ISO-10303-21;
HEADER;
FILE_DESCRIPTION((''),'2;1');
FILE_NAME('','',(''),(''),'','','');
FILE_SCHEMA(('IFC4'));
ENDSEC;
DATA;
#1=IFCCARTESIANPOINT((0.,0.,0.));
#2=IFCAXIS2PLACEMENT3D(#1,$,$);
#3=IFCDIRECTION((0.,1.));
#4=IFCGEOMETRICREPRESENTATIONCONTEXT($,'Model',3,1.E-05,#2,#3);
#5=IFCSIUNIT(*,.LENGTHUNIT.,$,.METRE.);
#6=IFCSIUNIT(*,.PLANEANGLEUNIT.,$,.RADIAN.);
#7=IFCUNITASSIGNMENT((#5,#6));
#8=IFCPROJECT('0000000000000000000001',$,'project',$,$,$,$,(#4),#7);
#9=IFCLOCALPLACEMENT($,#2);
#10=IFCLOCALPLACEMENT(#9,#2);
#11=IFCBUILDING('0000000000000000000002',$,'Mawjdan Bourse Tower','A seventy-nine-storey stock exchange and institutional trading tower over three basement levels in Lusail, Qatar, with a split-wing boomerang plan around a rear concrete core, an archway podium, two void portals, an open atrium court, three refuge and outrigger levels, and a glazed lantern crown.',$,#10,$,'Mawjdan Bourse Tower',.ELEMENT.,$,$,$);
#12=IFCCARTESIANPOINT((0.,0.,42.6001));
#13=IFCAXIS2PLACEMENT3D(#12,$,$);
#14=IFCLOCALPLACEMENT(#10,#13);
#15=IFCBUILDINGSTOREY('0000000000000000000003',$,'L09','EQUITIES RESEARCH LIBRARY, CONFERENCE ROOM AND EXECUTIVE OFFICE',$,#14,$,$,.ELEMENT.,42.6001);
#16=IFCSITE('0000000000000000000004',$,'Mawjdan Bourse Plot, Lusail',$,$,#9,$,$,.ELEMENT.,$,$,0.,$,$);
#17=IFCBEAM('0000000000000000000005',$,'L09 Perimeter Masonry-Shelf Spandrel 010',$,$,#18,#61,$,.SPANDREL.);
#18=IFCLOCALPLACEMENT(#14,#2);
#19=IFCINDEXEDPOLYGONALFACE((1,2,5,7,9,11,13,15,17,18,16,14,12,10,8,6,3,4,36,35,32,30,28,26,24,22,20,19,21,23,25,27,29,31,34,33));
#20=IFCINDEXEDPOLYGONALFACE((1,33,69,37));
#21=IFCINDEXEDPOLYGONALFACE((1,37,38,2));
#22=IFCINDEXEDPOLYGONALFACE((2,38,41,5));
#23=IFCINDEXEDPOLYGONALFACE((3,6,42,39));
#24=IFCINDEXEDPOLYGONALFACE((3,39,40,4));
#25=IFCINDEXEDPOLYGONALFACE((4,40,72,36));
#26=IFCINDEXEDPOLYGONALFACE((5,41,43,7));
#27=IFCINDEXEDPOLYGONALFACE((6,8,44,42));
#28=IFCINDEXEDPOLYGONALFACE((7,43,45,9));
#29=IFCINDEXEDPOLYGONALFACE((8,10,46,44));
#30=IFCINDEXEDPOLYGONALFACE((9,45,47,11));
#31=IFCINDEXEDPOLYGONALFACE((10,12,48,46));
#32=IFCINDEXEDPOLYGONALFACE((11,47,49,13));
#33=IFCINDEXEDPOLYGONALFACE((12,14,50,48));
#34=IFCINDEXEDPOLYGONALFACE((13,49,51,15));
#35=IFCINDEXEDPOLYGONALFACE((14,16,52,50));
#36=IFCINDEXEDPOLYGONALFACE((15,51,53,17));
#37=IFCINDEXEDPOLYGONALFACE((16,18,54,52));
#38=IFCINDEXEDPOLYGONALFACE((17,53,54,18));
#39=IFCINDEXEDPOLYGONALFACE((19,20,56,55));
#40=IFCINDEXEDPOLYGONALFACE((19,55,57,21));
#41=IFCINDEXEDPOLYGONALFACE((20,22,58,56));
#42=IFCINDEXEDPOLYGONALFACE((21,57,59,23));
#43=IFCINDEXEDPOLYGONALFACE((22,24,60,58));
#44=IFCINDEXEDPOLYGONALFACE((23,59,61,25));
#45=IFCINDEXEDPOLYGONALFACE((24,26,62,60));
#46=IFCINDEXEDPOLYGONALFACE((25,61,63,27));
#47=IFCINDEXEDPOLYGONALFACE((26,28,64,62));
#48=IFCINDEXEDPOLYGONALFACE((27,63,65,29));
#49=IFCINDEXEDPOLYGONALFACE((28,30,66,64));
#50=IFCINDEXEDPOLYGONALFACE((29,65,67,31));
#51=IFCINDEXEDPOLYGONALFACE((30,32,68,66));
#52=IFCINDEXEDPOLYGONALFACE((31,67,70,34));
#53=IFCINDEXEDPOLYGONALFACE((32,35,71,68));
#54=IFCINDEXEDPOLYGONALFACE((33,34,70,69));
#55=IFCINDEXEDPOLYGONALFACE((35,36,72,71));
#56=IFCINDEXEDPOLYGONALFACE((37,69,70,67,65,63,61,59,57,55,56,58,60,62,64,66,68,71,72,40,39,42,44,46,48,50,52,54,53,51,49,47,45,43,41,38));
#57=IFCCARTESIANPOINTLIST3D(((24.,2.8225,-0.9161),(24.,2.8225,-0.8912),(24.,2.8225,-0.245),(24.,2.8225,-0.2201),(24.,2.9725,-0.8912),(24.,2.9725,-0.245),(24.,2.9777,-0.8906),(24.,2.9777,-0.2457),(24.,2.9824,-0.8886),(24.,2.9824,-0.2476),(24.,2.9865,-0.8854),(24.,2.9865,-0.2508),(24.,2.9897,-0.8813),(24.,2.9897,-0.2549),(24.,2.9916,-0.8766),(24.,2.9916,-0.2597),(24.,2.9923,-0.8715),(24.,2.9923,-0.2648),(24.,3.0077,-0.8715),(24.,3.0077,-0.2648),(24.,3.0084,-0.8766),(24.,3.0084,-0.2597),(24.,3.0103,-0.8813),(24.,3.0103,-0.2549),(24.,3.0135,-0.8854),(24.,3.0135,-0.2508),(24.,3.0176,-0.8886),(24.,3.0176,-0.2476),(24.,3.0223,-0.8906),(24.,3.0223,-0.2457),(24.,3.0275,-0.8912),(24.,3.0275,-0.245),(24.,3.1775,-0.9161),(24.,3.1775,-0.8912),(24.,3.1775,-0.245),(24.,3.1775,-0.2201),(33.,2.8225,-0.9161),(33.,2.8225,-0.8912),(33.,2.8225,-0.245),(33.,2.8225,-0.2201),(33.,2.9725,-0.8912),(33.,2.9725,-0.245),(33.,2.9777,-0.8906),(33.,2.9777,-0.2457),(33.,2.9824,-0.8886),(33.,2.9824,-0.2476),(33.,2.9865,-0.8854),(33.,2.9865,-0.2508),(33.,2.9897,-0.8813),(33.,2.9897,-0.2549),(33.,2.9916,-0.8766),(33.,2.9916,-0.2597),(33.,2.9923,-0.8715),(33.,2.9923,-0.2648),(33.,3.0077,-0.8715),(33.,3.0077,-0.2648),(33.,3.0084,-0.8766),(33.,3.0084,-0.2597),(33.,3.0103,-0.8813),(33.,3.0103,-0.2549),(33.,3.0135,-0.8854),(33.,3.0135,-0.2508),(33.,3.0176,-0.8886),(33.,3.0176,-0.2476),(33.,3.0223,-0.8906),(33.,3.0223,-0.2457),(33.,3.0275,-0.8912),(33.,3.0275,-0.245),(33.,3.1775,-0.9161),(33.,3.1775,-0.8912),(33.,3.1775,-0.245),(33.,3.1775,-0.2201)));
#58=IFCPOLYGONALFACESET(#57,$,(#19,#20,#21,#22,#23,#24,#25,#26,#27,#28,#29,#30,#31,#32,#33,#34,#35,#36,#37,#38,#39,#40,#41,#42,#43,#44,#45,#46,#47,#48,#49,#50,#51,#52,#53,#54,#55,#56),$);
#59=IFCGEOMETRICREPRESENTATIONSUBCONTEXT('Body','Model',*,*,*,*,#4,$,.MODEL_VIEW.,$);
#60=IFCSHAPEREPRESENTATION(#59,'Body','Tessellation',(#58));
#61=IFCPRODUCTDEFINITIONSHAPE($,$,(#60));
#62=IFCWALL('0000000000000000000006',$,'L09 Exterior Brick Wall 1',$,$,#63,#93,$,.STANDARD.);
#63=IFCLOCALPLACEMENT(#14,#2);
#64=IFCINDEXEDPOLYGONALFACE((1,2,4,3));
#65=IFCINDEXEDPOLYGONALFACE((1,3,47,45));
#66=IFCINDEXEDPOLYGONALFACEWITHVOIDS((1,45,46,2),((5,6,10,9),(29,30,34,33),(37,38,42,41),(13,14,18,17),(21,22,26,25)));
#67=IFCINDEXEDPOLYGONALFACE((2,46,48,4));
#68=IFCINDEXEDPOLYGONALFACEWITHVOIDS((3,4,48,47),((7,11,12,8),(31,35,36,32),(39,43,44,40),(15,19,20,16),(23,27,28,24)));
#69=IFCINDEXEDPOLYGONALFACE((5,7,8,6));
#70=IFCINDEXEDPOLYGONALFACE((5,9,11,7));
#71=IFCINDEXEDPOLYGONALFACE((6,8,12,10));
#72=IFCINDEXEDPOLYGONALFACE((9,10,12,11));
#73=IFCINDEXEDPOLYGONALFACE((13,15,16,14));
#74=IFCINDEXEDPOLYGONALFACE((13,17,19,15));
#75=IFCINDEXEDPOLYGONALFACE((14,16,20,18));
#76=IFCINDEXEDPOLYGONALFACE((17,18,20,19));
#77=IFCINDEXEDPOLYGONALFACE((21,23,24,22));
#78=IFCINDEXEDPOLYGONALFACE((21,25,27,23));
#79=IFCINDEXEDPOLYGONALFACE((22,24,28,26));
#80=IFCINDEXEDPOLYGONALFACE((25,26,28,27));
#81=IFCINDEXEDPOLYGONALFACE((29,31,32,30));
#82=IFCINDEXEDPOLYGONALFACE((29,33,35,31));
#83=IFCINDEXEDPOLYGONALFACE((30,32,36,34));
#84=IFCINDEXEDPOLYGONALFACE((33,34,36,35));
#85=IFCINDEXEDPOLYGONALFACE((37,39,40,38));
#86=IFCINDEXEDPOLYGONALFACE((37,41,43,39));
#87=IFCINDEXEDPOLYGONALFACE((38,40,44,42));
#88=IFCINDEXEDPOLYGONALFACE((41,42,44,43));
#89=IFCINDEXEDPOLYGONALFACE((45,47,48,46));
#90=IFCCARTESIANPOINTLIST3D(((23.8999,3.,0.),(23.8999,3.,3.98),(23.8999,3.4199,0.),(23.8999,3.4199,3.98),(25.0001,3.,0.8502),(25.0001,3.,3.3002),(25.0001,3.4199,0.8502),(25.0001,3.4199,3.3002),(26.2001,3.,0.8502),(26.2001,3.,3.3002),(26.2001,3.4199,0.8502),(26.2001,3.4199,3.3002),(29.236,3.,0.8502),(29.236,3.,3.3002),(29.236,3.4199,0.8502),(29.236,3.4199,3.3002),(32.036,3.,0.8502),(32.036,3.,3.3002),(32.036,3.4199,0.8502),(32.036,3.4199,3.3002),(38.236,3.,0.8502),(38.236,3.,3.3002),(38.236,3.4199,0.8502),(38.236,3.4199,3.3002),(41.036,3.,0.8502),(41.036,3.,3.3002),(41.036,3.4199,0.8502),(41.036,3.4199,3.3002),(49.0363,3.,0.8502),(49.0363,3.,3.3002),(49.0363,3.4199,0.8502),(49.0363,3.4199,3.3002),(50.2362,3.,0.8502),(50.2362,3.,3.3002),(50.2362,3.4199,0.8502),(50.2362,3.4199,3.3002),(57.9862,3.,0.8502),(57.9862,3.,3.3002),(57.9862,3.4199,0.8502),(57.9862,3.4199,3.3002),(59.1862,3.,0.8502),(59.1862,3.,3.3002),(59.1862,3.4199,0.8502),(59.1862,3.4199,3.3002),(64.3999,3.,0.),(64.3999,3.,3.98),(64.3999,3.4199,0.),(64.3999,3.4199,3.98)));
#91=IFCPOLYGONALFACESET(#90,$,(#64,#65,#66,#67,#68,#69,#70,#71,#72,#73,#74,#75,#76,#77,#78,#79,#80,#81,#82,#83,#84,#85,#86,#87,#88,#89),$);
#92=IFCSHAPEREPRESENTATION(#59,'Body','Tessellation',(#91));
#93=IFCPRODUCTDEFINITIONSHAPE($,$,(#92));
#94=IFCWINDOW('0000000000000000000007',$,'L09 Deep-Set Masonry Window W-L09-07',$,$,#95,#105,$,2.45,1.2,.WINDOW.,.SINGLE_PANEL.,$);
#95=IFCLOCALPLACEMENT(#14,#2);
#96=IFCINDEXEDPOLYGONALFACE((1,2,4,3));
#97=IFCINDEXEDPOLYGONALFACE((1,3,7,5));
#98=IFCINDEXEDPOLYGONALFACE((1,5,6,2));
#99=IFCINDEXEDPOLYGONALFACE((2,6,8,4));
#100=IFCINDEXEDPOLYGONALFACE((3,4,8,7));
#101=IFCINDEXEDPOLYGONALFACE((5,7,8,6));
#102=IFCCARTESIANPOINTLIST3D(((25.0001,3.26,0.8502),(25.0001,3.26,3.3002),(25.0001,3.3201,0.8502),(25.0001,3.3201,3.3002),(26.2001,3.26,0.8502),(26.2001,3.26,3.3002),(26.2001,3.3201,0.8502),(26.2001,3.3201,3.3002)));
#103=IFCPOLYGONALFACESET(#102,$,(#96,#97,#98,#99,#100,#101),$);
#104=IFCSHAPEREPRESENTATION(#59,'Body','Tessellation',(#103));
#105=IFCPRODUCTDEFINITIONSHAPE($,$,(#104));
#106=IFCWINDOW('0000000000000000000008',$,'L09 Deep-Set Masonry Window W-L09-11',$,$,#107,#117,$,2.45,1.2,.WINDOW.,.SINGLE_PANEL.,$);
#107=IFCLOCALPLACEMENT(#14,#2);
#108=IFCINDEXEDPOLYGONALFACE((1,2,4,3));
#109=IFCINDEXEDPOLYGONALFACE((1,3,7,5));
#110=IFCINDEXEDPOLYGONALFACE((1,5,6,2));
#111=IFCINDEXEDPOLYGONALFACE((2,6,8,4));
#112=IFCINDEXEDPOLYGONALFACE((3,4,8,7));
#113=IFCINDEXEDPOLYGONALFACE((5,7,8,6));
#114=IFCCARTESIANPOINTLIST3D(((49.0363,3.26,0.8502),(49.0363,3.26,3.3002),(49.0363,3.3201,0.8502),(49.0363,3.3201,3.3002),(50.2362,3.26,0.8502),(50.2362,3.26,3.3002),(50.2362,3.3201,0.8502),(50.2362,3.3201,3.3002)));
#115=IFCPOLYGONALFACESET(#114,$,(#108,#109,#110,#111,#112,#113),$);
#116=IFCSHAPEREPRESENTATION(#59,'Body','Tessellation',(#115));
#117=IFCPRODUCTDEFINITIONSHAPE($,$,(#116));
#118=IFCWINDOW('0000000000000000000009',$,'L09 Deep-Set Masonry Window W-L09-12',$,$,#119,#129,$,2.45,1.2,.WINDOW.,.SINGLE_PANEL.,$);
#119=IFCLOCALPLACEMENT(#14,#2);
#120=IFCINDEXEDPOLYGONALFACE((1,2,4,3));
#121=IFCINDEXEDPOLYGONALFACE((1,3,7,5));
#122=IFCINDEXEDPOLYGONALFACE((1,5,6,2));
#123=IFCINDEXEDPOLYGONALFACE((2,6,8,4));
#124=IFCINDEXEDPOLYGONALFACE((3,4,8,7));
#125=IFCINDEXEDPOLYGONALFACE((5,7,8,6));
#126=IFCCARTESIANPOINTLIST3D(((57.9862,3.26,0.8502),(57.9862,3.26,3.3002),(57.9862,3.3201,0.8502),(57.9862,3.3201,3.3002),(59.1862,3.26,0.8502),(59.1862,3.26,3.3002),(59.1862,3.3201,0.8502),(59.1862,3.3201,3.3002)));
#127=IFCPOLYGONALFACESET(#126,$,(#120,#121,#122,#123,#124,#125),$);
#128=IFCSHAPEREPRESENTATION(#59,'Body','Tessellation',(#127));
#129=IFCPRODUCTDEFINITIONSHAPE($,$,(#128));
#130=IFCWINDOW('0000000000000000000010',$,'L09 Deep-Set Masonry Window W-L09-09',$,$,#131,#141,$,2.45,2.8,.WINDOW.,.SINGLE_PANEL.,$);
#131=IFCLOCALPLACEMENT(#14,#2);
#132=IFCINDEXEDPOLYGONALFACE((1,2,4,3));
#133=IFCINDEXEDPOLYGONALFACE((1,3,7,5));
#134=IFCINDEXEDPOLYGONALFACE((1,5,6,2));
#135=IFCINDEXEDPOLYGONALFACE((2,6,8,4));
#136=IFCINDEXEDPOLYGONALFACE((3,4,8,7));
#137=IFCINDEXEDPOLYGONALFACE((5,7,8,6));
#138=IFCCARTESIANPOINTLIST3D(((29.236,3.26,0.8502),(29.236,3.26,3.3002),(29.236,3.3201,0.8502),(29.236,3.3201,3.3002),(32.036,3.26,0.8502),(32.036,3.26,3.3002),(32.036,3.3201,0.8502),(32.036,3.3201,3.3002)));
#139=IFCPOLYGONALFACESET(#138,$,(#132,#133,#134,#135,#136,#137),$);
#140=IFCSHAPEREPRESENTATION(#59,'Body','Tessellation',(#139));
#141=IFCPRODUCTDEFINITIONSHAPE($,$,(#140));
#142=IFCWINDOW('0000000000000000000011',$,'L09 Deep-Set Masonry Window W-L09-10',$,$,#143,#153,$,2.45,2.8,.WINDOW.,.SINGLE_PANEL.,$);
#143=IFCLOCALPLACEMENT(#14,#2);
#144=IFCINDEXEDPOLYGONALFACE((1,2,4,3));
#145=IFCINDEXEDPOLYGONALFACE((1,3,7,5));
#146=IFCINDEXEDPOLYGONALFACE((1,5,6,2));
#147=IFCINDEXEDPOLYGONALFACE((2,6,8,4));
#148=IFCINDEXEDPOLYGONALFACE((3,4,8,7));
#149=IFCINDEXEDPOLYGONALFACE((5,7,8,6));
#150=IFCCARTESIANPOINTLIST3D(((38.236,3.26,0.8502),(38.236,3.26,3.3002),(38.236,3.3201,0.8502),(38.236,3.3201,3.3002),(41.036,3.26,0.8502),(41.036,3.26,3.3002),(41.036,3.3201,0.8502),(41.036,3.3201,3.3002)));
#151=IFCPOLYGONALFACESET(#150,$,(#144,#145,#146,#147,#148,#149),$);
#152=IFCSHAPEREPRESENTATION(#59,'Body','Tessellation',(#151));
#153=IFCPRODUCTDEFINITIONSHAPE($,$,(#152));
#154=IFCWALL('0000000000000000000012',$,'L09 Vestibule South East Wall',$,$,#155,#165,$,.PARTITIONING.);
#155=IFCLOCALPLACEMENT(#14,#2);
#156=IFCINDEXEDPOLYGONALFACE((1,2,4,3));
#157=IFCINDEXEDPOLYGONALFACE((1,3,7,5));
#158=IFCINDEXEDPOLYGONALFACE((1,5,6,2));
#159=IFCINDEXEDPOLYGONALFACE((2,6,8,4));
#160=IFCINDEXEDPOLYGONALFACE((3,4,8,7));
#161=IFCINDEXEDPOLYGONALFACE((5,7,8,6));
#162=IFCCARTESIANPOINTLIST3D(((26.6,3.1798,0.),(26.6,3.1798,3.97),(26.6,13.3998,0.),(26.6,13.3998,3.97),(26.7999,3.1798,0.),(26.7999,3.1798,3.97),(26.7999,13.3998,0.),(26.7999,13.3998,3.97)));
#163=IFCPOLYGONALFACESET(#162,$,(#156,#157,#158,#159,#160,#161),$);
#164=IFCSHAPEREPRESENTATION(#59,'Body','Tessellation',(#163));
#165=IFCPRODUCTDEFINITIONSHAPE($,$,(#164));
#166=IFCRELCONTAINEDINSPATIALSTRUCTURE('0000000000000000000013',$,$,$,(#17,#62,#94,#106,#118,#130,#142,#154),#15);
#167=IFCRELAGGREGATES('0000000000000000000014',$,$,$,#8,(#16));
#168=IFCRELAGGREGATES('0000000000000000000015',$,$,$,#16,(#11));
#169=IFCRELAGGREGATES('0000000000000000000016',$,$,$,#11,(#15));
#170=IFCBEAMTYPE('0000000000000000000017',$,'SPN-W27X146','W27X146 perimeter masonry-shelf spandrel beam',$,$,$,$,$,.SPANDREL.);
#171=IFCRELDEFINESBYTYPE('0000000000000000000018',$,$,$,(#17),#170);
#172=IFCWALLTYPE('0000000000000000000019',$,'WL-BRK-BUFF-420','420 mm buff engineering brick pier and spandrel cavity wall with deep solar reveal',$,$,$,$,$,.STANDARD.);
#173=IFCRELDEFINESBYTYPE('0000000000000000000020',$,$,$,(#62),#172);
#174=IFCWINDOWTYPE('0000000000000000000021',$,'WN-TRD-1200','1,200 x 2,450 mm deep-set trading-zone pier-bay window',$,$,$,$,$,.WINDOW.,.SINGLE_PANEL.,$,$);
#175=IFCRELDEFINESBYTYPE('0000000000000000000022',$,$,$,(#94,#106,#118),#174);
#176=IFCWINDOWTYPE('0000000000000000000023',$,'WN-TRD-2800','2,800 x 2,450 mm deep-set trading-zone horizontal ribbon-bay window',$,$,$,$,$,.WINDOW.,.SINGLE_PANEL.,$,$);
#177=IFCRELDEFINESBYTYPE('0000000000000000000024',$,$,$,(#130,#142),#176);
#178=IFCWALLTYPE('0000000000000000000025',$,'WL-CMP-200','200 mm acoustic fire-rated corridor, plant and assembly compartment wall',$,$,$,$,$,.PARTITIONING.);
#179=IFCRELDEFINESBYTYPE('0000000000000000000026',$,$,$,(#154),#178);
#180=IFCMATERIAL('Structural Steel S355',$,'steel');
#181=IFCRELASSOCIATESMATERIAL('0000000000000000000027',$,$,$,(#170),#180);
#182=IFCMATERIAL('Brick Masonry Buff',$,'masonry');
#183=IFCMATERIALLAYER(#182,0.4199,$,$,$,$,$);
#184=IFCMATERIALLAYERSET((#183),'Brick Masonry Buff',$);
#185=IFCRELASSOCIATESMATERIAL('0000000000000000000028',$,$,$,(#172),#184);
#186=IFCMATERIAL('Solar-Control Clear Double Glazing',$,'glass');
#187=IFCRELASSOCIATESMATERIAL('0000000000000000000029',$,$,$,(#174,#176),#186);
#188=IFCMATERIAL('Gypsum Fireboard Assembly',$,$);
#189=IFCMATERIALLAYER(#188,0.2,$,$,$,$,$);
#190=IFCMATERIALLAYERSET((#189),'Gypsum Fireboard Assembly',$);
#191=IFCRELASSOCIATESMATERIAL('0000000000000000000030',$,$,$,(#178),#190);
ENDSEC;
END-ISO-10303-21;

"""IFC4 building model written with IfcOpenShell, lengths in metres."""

from ifc_helpers import new_model, si_unit, direction, frame, frame_2d, origin, origin_2d, place, context, subcontext, project, spatial, rectangle, i_section, extrude, material, layer, layer_set, material_profile, profile_set, type_object, element, fill, save


model = new_model("IFC4")

# Units and contexts
model_context = context("Model", 3, precision=1e-05, world=origin(), true_north=direction((0.0, 1.0)))
body_context = subcontext(model_context, "Body", "Model", "MODEL_VIEW")
ifc_project = project(units=[si_unit("LENGTHUNIT", "METRE"), si_unit("PLANEANGLEUNIT", "RADIAN")], contexts=[model_context])

# Site, building, storey
site_placement = place(None, origin())
site = spatial("IfcSite", under=ifc_project, at=site_placement, Name="Mawjdan Bourse Plot, Lusail", CompositionType="ELEMENT", RefElevation=0.0)
building_placement = place(site_placement, origin())
building = spatial("IfcBuilding", under=site, at=building_placement, Name="Mawjdan Bourse Tower", Description="A seventy-nine-storey stock exchange and institutional trading tower over three basement levels in Lusail, Qatar, with a split-wing boomerang plan around a rear concrete core, an archway podium, two void portals, an open atrium court, three refuge and outrigger levels, and a glazed lantern crown.", LongName="Mawjdan Bourse Tower", CompositionType="ELEMENT")
storey_placement = place(building_placement, frame((0.0, 0.0, 42.6001)))
storey = spatial("IfcBuildingStorey", under=building, at=storey_placement, Name="L09", Description="EQUITIES RESEARCH LIBRARY, CONFERENCE ROOM AND EXECUTIVE OFFICE", CompositionType="ELEMENT", Elevation=42.6001)

# Beam
ifc_material_1 = material(Name="Structural Steel S355", Category="steel")
ifc_material_profile_1 = material_profile(ifc_material_1, i_section(OverallWidth=0.355, OverallDepth=0.696, WebThickness=0.0154, FlangeThickness=0.0249, FilletRadius=0.0198, at=origin_2d()), Name="W27X146")
ifc_profile_set_1 = profile_set([ifc_material_profile_1], Name="Structural Steel S355")
beam_type_1 = type_object("IfcBeamType", Name="SPN-W27X146", Description="W27X146 perimeter masonry-shelf spandrel beam", PredefinedType="SPANDREL", material=ifc_profile_set_1)
beam_1_placement = place(storey_placement, frame((24.0, 3.0, -0.5681), z_axis=(1.0, 0.0, 0.0), x_axis=(0.0, 1.0, 0.0)))
element("IfcBeam", 1, at=beam_1_placement, inside=storey, type_object=beam_type_1, Name="L09 Perimeter Masonry-Shelf Spandrel 010", PredefinedType="SPANDREL", context=body_context, shape_type="SweptSolid", body=[
    extrude(i_section(OverallWidth=0.355, OverallDepth=0.696, WebThickness=0.0154, FlangeThickness=0.0249, FilletRadius=0.0198, at=origin_2d()), origin(), (0.0, 0.0, 1.0), 9.0),
])

# Wall, openings, windows
ifc_material_2 = material(Name="Brick Masonry Buff", Category="masonry")
ifc_layer_1 = layer(ifc_material_2, 0.4199)
ifc_layer_set_1 = layer_set([ifc_layer_1], Name="Brick Masonry Buff")
wall_type_1 = type_object("IfcWallType", Name="WL-BRK-BUFF-420", Description="420 mm buff engineering brick pier and spandrel cavity wall with deep solar reveal", PredefinedType="STANDARD", material=ifc_layer_set_1)
wall_1_placement = place(storey_placement, frame((23.8999, 3.21, 0.0), z_axis=(0.0, 0.0, 1.0), x_axis=(1.0, 0.0, 0.0)))
wall_1 = element("IfcWall", 2, at=wall_1_placement, inside=storey, type_object=wall_type_1, Name="L09 Exterior Brick Wall 1", PredefinedType="STANDARD", context=body_context, shape_type="SweptSolid", body=[
    extrude(rectangle(XDim=40.5, YDim=0.4199, at=frame_2d((20.25, 0.0))), origin(), (0.0, 0.0, 1.0), 3.98),
])
opening_1_placement = place(wall_1_placement, frame((1.1001, 0.0, 0.8501)))
opening_1 = element("IfcOpeningElement", 3, at=opening_1_placement, cuts=wall_1, PredefinedType="OPENING", context=body_context, shape_type="SweptSolid", body=[
    extrude(rectangle(XDim=1.2, YDim=2.45, at=frame_2d((0.6001, 1.2251))), frame((0.0, 0.22, 0.0), z_axis=(0.0, -1.0, 0.0), x_axis=(1.0, 0.0, 0.0)), (0.0, 0.0, 1.0), 0.4399),
])
opening_2_placement = place(wall_1_placement, frame((5.3362, 0.0, 0.8501)))
opening_2 = element("IfcOpeningElement", 4, at=opening_2_placement, cuts=wall_1, PredefinedType="OPENING", context=body_context, shape_type="SweptSolid", body=[
    extrude(rectangle(XDim=2.8, YDim=2.45, at=frame_2d((1.3999, 1.2251))), frame((0.0, 0.22, 0.0), z_axis=(0.0, -1.0, 0.0), x_axis=(1.0, 0.0, 0.0)), (0.0, 0.0, 1.0), 0.4399),
])
opening_3_placement = place(wall_1_placement, frame((14.3362, 0.0, 0.8501)))
opening_3 = element("IfcOpeningElement", 5, at=opening_3_placement, cuts=wall_1, PredefinedType="OPENING", context=body_context, shape_type="SweptSolid", body=[
    extrude(rectangle(XDim=2.8, YDim=2.45, at=frame_2d((1.3999, 1.2251))), frame((0.0, 0.22, 0.0), z_axis=(0.0, -1.0, 0.0), x_axis=(1.0, 0.0, 0.0)), (0.0, 0.0, 1.0), 0.4399),
])
opening_4_placement = place(wall_1_placement, frame((25.1362, 0.0, 0.8501)))
opening_4 = element("IfcOpeningElement", 6, at=opening_4_placement, cuts=wall_1, PredefinedType="OPENING", context=body_context, shape_type="SweptSolid", body=[
    extrude(rectangle(XDim=1.2, YDim=2.45, at=frame_2d((0.6001, 1.2251))), frame((0.0, 0.22, 0.0), z_axis=(0.0, -1.0, 0.0), x_axis=(1.0, 0.0, 0.0)), (0.0, 0.0, 1.0), 0.4399),
])
opening_5_placement = place(wall_1_placement, frame((34.0862, 0.0, 0.8501)))
opening_5 = element("IfcOpeningElement", 7, at=opening_5_placement, cuts=wall_1, PredefinedType="OPENING", context=body_context, shape_type="SweptSolid", body=[
    extrude(rectangle(XDim=1.2, YDim=2.45, at=frame_2d((0.6001, 1.2251))), frame((0.0, 0.22, 0.0), z_axis=(0.0, -1.0, 0.0), x_axis=(1.0, 0.0, 0.0)), (0.0, 0.0, 1.0), 0.4399),
])
ifc_material_3 = material(Name="Solar-Control Clear Double Glazing", Category="glass")
window_type_1 = type_object("IfcWindowType", Name="WN-TRD-1200", Description="1,200 x 2,450 mm deep-set trading-zone pier-bay window", PartitioningType="SINGLE_PANEL", PredefinedType="WINDOW", material=ifc_material_3)
window_1_placement = place(opening_1_placement, origin())
window_1 = element("IfcWindow", 8, at=window_1_placement, inside=storey, type_object=window_type_1, Name="L09 Deep-Set Masonry Window W-L09-07", OverallHeight=2.45, OverallWidth=1.2, PartitioningType="SINGLE_PANEL", PredefinedType="WINDOW", context=body_context, shape_type="SweptSolid", body=[
    extrude(rectangle(XDim=1.2, YDim=2.45, at=frame_2d((0.6001, 1.2251))), frame((0.0, 0.1101, 0.0), z_axis=(0.0, -1.0, 0.0), x_axis=(1.0, 0.0, 0.0)), (0.0, 0.0, 1.0), 0.0601),
])
fill(opening_1, window_1)
window_2_placement = place(opening_4_placement, origin())
window_2 = element("IfcWindow", 9, at=window_2_placement, inside=storey, type_object=window_type_1, Name="L09 Deep-Set Masonry Window W-L09-11", OverallHeight=2.45, OverallWidth=1.2, PartitioningType="SINGLE_PANEL", PredefinedType="WINDOW", context=body_context, shape_type="SweptSolid", body=[
    extrude(rectangle(XDim=1.2, YDim=2.45, at=frame_2d((0.6001, 1.2251))), frame((0.0, 0.1101, 0.0), z_axis=(0.0, -1.0, 0.0), x_axis=(1.0, 0.0, 0.0)), (0.0, 0.0, 1.0), 0.0601),
])
fill(opening_4, window_2)
window_3_placement = place(opening_5_placement, origin())
window_3 = element("IfcWindow", 10, at=window_3_placement, inside=storey, type_object=window_type_1, Name="L09 Deep-Set Masonry Window W-L09-12", OverallHeight=2.45, OverallWidth=1.2, PartitioningType="SINGLE_PANEL", PredefinedType="WINDOW", context=body_context, shape_type="SweptSolid", body=[
    extrude(rectangle(XDim=1.2, YDim=2.45, at=frame_2d((0.6001, 1.2251))), frame((0.0, 0.1101, 0.0), z_axis=(0.0, -1.0, 0.0), x_axis=(1.0, 0.0, 0.0)), (0.0, 0.0, 1.0), 0.0601),
])
fill(opening_5, window_3)
window_type_2 = type_object("IfcWindowType", Name="WN-TRD-2800", Description="2,800 x 2,450 mm deep-set trading-zone horizontal ribbon-bay window", PartitioningType="SINGLE_PANEL", PredefinedType="WINDOW", material=ifc_material_3)
window_4_placement = place(opening_2_placement, origin())
window_4 = element("IfcWindow", 11, at=window_4_placement, inside=storey, type_object=window_type_2, Name="L09 Deep-Set Masonry Window W-L09-09", OverallHeight=2.45, OverallWidth=2.8, PartitioningType="SINGLE_PANEL", PredefinedType="WINDOW", context=body_context, shape_type="SweptSolid", body=[
    extrude(rectangle(XDim=2.8, YDim=2.45, at=frame_2d((1.3999, 1.2251))), frame((0.0, 0.1101, 0.0), z_axis=(0.0, -1.0, 0.0), x_axis=(1.0, 0.0, 0.0)), (0.0, 0.0, 1.0), 0.0601),
])
fill(opening_2, window_4)
window_5_placement = place(opening_3_placement, origin())
window_5 = element("IfcWindow", 12, at=window_5_placement, inside=storey, type_object=window_type_2, Name="L09 Deep-Set Masonry Window W-L09-10", OverallHeight=2.45, OverallWidth=2.8, PartitioningType="SINGLE_PANEL", PredefinedType="WINDOW", context=body_context, shape_type="SweptSolid", body=[
    extrude(rectangle(XDim=2.8, YDim=2.45, at=frame_2d((1.3999, 1.2251))), frame((0.0, 0.1101, 0.0), z_axis=(0.0, -1.0, 0.0), x_axis=(1.0, 0.0, 0.0)), (0.0, 0.0, 1.0), 0.0601),
])
fill(opening_3, window_5)

# Shared definitions
ifc_material_4 = material(Name="Gypsum Fireboard Assembly")
ifc_layer_2 = layer(ifc_material_4, 0.2)
ifc_layer_set_2 = layer_set([ifc_layer_2], Name="Gypsum Fireboard Assembly")
wall_type_2 = type_object("IfcWallType", Name="WL-CMP-200", Description="200 mm acoustic fire-rated corridor, plant and assembly compartment wall", PredefinedType="PARTITIONING", material=ifc_layer_set_2)

# Wall
wall_2_placement = place(storey_placement, frame((26.7, 3.1799, 0.0), z_axis=(0.0, 0.0, 1.0), x_axis=(0.0, 1.0, 0.0)))
element("IfcWall", 13, at=wall_2_placement, inside=storey, type_object=wall_type_2, Name="L09 Vestibule South East Wall", PredefinedType="PARTITIONING", context=body_context, shape_type="SweptSolid", body=[
    extrude(rectangle(XDim=10.22, YDim=0.2, at=frame_2d((5.1099, 0.0))), origin(), (0.0, 0.0, 1.0), 3.97),
])

save(model, "model.ifc")
